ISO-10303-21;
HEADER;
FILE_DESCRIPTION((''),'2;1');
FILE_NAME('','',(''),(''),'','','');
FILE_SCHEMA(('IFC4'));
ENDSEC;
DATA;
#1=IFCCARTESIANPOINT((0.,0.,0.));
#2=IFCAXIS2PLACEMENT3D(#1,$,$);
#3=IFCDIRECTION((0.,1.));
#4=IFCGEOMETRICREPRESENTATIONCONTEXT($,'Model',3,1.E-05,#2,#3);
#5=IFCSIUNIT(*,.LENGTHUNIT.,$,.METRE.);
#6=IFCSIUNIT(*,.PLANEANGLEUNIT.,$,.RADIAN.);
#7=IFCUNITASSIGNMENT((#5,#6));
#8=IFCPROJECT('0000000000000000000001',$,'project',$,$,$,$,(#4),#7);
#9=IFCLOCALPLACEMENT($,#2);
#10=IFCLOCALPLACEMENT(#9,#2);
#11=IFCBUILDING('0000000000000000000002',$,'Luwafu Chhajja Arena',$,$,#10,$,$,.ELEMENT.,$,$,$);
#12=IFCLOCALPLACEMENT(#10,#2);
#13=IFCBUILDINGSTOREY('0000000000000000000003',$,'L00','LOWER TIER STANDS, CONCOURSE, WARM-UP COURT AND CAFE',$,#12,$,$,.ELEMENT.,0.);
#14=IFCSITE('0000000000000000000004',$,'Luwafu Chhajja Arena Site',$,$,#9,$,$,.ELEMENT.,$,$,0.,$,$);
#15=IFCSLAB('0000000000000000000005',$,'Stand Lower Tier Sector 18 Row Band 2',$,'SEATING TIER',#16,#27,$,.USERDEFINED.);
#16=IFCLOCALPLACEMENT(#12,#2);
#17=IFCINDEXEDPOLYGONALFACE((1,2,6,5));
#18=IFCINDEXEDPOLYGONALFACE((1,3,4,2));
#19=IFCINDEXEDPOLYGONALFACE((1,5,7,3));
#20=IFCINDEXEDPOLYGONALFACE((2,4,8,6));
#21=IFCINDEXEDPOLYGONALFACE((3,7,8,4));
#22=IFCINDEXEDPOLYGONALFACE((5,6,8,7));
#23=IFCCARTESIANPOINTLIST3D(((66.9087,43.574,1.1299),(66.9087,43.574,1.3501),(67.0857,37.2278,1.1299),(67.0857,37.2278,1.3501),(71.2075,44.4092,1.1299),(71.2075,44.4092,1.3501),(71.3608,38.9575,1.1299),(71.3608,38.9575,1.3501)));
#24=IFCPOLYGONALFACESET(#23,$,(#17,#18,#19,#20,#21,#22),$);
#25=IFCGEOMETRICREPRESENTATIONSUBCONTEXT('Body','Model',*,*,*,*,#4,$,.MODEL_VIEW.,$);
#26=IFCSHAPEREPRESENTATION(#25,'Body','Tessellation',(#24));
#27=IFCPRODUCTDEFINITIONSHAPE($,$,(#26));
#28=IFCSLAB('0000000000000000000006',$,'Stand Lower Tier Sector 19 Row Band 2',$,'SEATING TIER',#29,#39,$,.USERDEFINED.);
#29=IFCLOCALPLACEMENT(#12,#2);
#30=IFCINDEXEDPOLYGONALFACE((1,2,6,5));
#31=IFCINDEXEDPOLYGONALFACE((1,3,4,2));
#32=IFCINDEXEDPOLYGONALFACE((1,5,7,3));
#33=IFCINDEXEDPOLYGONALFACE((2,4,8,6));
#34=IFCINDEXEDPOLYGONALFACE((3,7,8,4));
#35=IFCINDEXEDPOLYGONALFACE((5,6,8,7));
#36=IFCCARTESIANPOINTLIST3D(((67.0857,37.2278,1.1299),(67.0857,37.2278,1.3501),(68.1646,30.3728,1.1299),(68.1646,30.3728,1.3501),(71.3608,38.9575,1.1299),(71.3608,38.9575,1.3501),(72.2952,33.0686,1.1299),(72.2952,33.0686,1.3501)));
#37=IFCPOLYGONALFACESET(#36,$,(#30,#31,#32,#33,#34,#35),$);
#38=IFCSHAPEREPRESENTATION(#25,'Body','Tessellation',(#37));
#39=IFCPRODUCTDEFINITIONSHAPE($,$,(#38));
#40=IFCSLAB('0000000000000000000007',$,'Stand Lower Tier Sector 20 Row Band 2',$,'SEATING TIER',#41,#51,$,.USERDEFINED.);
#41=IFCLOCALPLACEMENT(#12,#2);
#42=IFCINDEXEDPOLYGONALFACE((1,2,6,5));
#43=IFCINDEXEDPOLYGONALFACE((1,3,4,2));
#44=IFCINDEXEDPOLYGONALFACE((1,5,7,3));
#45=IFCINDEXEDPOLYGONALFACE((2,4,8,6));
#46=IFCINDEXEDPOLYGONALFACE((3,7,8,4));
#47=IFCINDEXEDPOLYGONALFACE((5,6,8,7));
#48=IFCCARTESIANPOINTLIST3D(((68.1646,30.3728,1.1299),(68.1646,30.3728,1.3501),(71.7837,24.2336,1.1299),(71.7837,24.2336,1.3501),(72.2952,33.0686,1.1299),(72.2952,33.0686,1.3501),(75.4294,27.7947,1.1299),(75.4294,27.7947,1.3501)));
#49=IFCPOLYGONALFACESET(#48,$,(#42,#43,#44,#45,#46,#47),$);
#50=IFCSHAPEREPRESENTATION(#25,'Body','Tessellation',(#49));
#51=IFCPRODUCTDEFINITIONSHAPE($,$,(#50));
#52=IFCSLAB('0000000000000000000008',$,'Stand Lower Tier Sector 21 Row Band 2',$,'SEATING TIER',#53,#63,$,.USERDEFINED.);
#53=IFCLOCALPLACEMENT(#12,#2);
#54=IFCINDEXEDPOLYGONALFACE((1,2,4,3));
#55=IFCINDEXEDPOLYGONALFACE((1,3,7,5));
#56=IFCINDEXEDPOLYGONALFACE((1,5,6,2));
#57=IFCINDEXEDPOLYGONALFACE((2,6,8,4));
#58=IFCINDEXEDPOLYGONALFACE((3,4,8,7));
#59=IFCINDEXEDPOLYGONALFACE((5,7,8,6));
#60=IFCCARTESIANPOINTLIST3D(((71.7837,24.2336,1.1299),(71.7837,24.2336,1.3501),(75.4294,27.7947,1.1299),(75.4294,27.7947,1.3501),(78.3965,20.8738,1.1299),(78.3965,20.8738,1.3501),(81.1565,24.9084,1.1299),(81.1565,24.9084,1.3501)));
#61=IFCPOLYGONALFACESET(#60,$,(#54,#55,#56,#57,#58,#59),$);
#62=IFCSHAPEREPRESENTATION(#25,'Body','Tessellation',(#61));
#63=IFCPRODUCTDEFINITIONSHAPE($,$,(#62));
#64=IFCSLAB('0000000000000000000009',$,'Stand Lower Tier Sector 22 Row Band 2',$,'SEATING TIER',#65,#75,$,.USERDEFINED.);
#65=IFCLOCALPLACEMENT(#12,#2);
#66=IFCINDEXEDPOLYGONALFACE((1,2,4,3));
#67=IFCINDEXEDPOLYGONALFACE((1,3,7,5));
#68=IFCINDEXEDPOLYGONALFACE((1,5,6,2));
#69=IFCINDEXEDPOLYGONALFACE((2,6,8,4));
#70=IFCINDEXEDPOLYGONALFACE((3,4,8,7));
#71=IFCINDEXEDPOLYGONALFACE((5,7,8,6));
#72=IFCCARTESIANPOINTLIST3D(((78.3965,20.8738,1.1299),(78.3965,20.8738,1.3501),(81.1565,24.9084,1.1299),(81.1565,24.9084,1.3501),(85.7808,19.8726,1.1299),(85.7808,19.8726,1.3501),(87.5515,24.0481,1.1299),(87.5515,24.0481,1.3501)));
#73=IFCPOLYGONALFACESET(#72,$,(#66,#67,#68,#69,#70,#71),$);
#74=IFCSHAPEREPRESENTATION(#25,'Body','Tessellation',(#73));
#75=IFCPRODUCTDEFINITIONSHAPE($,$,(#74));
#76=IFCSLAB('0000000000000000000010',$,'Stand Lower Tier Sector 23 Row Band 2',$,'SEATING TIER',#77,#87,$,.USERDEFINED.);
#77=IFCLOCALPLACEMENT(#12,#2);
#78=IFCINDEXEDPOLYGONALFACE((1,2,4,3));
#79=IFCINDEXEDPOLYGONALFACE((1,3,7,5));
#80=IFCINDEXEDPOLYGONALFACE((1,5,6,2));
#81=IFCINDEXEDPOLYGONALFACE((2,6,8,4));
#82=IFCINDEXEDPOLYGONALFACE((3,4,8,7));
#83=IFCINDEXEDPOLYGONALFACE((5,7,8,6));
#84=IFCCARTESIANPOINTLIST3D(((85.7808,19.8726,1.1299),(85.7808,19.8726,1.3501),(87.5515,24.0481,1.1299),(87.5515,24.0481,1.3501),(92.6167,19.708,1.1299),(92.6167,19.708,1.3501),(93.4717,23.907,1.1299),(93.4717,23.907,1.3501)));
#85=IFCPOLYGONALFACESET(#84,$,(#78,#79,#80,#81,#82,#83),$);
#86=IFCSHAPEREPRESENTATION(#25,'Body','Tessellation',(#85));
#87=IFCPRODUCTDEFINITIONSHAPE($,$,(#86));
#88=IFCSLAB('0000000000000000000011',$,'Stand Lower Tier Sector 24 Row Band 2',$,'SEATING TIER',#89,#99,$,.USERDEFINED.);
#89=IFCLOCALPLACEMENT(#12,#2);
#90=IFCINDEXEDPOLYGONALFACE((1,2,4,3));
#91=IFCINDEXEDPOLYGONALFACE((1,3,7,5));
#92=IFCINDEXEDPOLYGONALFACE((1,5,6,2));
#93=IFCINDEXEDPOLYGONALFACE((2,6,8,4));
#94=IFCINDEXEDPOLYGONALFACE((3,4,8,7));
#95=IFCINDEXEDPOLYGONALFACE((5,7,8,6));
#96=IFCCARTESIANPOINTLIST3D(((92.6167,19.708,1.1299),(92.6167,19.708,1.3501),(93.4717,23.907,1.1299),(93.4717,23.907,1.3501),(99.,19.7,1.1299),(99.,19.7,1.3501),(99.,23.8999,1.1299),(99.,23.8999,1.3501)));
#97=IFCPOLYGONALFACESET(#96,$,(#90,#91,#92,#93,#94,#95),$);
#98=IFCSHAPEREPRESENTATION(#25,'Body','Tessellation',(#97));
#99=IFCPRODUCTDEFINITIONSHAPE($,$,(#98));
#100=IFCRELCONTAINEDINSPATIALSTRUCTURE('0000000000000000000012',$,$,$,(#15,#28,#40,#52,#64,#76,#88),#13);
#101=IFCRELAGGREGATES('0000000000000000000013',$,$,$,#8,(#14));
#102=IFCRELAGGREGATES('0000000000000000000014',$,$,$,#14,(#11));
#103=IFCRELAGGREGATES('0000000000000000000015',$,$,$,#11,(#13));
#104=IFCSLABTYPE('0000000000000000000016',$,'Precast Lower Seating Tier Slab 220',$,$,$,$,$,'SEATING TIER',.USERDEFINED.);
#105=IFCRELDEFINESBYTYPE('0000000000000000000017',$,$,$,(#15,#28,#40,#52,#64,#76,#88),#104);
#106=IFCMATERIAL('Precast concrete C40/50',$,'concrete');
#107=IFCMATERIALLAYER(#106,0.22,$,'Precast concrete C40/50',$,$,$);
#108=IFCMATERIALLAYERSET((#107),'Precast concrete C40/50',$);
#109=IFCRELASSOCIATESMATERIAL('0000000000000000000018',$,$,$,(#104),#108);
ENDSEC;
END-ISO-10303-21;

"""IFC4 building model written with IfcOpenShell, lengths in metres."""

from ifc_helpers import new_model, si_unit, direction, frame, origin, place, context, subcontext, project, spatial, polyline, outline, extrude, material, layer, layer_set, type_object, element, save


model = new_model("IFC4")

# Units and contexts
model_context = context("Model", 3, precision=1e-05, world=origin(), true_north=direction((0.0, 1.0)))
body_context = subcontext(model_context, "Body", "Model", "MODEL_VIEW")
ifc_project = project(units=[si_unit("LENGTHUNIT", "METRE"), si_unit("PLANEANGLEUNIT", "RADIAN")], contexts=[model_context])

# Site, building, storey
site_placement = place(None, origin())
site = spatial("IfcSite", under=ifc_project, at=site_placement, Name="Luwafu Chhajja Arena Site", CompositionType="ELEMENT", RefElevation=0.0)
building_placement = place(site_placement, origin())
building = spatial("IfcBuilding", under=site, at=building_placement, Name="Luwafu Chhajja Arena", CompositionType="ELEMENT")
storey_placement = place(building_placement, origin())
storey = spatial("IfcBuildingStorey", under=building, at=storey_placement, Name="L00", Description="LOWER TIER STANDS, CONCOURSE, WARM-UP COURT AND CAFE", CompositionType="ELEMENT", Elevation=0.0)

# Slabs
ifc_material = material(Name="Precast concrete C40/50", Category="concrete")
ifc_layer = layer(ifc_material, 0.22, Name="Precast concrete C40/50")
ifc_layer_set = layer_set([ifc_layer], Name="Precast concrete C40/50")
slab_type = type_object("IfcSlabType", Name="Precast Lower Seating Tier Slab 220", ElementType="SEATING TIER", PredefinedType="USERDEFINED", material=ifc_layer_set)
slab_1_placement = place(storey_placement, frame((0.0, 0.0, 1.1299)))
element("IfcSlab", 1, at=slab_1_placement, inside=storey, type_object=slab_type, Name="Stand Lower Tier Sector 18 Row Band 2", ObjectType="SEATING TIER", PredefinedType="USERDEFINED", context=body_context, shape_type="SweptSolid", body=[
    extrude(outline(polyline([(71.2075, 44.4092), (71.3608, 38.9575), (67.0857, 37.2278), (66.9087, 43.574), (71.2075, 44.4092)])), origin(), (0.0, 0.0, 1.0), 0.2202),
])
slab_2_placement = place(storey_placement, frame((0.0, 0.0, 1.1299)))
element("IfcSlab", 2, at=slab_2_placement, inside=storey, type_object=slab_type, Name="Stand Lower Tier Sector 19 Row Band 2", ObjectType="SEATING TIER", PredefinedType="USERDEFINED", context=body_context, shape_type="SweptSolid", body=[
    extrude(outline(polyline([(71.3608, 38.9575), (72.2952, 33.0686), (68.1646, 30.3728), (67.0857, 37.2278), (71.3608, 38.9575)])), origin(), (0.0, 0.0, 1.0), 0.2202),
])
slab_3_placement = place(storey_placement, frame((0.0, 0.0, 1.1299)))
element("IfcSlab", 3, at=slab_3_placement, inside=storey, type_object=slab_type, Name="Stand Lower Tier Sector 20 Row Band 2", ObjectType="SEATING TIER", PredefinedType="USERDEFINED", context=body_context, shape_type="SweptSolid", body=[
    extrude(outline(polyline([(72.2952, 33.0686), (75.4294, 27.7947), (71.7837, 24.2336), (68.1646, 30.3728), (72.2952, 33.0686)])), origin(), (0.0, 0.0, 1.0), 0.2202),
])
slab_4_placement = place(storey_placement, frame((0.0, 0.0, 1.1299)))
element("IfcSlab", 4, at=slab_4_placement, inside=storey, type_object=slab_type, Name="Stand Lower Tier Sector 21 Row Band 2", ObjectType="SEATING TIER", PredefinedType="USERDEFINED", context=body_context, shape_type="SweptSolid", body=[
    extrude(outline(polyline([(75.4294, 27.7947), (81.1565, 24.9084), (78.3965, 20.8738), (71.7837, 24.2336), (75.4294, 27.7947)])), origin(), (0.0, 0.0, 1.0), 0.2202),
])
slab_5_placement = place(storey_placement, frame((0.0, 0.0, 1.1299)))
element("IfcSlab", 5, at=slab_5_placement, inside=storey, type_object=slab_type, Name="Stand Lower Tier Sector 22 Row Band 2", ObjectType="SEATING TIER", PredefinedType="USERDEFINED", context=body_context, shape_type="SweptSolid", body=[
    extrude(outline(polyline([(81.1565, 24.9084), (87.5515, 24.0481), (85.7808, 19.8726), (78.3965, 20.8738), (81.1565, 24.9084)])), origin(), (0.0, 0.0, 1.0), 0.2202),
])
slab_6_placement = place(storey_placement, frame((0.0, 0.0, 1.1299)))
element("IfcSlab", 6, at=slab_6_placement, inside=storey, type_object=slab_type, Name="Stand Lower Tier Sector 23 Row Band 2", ObjectType="SEATING TIER", PredefinedType="USERDEFINED", context=body_context, shape_type="SweptSolid", body=[
    extrude(outline(polyline([(87.5515, 24.0481), (93.4717, 23.907), (92.6167, 19.708), (85.7808, 19.8726), (87.5515, 24.0481)])), origin(), (0.0, 0.0, 1.0), 0.2202),
])
slab_7_placement = place(storey_placement, frame((0.0, 0.0, 1.1299)))
element("IfcSlab", 7, at=slab_7_placement, inside=storey, type_object=slab_type, Name="Stand Lower Tier Sector 24 Row Band 2", ObjectType="SEATING TIER", PredefinedType="USERDEFINED", context=body_context, shape_type="SweptSolid", body=[
    extrude(outline(polyline([(93.4717, 23.907), (99.0, 23.8999), (99.0, 19.7), (92.6167, 19.708), (93.4717, 23.907)])), origin(), (0.0, 0.0, 1.0), 0.2202),
])

save(model, "model.ifc")
